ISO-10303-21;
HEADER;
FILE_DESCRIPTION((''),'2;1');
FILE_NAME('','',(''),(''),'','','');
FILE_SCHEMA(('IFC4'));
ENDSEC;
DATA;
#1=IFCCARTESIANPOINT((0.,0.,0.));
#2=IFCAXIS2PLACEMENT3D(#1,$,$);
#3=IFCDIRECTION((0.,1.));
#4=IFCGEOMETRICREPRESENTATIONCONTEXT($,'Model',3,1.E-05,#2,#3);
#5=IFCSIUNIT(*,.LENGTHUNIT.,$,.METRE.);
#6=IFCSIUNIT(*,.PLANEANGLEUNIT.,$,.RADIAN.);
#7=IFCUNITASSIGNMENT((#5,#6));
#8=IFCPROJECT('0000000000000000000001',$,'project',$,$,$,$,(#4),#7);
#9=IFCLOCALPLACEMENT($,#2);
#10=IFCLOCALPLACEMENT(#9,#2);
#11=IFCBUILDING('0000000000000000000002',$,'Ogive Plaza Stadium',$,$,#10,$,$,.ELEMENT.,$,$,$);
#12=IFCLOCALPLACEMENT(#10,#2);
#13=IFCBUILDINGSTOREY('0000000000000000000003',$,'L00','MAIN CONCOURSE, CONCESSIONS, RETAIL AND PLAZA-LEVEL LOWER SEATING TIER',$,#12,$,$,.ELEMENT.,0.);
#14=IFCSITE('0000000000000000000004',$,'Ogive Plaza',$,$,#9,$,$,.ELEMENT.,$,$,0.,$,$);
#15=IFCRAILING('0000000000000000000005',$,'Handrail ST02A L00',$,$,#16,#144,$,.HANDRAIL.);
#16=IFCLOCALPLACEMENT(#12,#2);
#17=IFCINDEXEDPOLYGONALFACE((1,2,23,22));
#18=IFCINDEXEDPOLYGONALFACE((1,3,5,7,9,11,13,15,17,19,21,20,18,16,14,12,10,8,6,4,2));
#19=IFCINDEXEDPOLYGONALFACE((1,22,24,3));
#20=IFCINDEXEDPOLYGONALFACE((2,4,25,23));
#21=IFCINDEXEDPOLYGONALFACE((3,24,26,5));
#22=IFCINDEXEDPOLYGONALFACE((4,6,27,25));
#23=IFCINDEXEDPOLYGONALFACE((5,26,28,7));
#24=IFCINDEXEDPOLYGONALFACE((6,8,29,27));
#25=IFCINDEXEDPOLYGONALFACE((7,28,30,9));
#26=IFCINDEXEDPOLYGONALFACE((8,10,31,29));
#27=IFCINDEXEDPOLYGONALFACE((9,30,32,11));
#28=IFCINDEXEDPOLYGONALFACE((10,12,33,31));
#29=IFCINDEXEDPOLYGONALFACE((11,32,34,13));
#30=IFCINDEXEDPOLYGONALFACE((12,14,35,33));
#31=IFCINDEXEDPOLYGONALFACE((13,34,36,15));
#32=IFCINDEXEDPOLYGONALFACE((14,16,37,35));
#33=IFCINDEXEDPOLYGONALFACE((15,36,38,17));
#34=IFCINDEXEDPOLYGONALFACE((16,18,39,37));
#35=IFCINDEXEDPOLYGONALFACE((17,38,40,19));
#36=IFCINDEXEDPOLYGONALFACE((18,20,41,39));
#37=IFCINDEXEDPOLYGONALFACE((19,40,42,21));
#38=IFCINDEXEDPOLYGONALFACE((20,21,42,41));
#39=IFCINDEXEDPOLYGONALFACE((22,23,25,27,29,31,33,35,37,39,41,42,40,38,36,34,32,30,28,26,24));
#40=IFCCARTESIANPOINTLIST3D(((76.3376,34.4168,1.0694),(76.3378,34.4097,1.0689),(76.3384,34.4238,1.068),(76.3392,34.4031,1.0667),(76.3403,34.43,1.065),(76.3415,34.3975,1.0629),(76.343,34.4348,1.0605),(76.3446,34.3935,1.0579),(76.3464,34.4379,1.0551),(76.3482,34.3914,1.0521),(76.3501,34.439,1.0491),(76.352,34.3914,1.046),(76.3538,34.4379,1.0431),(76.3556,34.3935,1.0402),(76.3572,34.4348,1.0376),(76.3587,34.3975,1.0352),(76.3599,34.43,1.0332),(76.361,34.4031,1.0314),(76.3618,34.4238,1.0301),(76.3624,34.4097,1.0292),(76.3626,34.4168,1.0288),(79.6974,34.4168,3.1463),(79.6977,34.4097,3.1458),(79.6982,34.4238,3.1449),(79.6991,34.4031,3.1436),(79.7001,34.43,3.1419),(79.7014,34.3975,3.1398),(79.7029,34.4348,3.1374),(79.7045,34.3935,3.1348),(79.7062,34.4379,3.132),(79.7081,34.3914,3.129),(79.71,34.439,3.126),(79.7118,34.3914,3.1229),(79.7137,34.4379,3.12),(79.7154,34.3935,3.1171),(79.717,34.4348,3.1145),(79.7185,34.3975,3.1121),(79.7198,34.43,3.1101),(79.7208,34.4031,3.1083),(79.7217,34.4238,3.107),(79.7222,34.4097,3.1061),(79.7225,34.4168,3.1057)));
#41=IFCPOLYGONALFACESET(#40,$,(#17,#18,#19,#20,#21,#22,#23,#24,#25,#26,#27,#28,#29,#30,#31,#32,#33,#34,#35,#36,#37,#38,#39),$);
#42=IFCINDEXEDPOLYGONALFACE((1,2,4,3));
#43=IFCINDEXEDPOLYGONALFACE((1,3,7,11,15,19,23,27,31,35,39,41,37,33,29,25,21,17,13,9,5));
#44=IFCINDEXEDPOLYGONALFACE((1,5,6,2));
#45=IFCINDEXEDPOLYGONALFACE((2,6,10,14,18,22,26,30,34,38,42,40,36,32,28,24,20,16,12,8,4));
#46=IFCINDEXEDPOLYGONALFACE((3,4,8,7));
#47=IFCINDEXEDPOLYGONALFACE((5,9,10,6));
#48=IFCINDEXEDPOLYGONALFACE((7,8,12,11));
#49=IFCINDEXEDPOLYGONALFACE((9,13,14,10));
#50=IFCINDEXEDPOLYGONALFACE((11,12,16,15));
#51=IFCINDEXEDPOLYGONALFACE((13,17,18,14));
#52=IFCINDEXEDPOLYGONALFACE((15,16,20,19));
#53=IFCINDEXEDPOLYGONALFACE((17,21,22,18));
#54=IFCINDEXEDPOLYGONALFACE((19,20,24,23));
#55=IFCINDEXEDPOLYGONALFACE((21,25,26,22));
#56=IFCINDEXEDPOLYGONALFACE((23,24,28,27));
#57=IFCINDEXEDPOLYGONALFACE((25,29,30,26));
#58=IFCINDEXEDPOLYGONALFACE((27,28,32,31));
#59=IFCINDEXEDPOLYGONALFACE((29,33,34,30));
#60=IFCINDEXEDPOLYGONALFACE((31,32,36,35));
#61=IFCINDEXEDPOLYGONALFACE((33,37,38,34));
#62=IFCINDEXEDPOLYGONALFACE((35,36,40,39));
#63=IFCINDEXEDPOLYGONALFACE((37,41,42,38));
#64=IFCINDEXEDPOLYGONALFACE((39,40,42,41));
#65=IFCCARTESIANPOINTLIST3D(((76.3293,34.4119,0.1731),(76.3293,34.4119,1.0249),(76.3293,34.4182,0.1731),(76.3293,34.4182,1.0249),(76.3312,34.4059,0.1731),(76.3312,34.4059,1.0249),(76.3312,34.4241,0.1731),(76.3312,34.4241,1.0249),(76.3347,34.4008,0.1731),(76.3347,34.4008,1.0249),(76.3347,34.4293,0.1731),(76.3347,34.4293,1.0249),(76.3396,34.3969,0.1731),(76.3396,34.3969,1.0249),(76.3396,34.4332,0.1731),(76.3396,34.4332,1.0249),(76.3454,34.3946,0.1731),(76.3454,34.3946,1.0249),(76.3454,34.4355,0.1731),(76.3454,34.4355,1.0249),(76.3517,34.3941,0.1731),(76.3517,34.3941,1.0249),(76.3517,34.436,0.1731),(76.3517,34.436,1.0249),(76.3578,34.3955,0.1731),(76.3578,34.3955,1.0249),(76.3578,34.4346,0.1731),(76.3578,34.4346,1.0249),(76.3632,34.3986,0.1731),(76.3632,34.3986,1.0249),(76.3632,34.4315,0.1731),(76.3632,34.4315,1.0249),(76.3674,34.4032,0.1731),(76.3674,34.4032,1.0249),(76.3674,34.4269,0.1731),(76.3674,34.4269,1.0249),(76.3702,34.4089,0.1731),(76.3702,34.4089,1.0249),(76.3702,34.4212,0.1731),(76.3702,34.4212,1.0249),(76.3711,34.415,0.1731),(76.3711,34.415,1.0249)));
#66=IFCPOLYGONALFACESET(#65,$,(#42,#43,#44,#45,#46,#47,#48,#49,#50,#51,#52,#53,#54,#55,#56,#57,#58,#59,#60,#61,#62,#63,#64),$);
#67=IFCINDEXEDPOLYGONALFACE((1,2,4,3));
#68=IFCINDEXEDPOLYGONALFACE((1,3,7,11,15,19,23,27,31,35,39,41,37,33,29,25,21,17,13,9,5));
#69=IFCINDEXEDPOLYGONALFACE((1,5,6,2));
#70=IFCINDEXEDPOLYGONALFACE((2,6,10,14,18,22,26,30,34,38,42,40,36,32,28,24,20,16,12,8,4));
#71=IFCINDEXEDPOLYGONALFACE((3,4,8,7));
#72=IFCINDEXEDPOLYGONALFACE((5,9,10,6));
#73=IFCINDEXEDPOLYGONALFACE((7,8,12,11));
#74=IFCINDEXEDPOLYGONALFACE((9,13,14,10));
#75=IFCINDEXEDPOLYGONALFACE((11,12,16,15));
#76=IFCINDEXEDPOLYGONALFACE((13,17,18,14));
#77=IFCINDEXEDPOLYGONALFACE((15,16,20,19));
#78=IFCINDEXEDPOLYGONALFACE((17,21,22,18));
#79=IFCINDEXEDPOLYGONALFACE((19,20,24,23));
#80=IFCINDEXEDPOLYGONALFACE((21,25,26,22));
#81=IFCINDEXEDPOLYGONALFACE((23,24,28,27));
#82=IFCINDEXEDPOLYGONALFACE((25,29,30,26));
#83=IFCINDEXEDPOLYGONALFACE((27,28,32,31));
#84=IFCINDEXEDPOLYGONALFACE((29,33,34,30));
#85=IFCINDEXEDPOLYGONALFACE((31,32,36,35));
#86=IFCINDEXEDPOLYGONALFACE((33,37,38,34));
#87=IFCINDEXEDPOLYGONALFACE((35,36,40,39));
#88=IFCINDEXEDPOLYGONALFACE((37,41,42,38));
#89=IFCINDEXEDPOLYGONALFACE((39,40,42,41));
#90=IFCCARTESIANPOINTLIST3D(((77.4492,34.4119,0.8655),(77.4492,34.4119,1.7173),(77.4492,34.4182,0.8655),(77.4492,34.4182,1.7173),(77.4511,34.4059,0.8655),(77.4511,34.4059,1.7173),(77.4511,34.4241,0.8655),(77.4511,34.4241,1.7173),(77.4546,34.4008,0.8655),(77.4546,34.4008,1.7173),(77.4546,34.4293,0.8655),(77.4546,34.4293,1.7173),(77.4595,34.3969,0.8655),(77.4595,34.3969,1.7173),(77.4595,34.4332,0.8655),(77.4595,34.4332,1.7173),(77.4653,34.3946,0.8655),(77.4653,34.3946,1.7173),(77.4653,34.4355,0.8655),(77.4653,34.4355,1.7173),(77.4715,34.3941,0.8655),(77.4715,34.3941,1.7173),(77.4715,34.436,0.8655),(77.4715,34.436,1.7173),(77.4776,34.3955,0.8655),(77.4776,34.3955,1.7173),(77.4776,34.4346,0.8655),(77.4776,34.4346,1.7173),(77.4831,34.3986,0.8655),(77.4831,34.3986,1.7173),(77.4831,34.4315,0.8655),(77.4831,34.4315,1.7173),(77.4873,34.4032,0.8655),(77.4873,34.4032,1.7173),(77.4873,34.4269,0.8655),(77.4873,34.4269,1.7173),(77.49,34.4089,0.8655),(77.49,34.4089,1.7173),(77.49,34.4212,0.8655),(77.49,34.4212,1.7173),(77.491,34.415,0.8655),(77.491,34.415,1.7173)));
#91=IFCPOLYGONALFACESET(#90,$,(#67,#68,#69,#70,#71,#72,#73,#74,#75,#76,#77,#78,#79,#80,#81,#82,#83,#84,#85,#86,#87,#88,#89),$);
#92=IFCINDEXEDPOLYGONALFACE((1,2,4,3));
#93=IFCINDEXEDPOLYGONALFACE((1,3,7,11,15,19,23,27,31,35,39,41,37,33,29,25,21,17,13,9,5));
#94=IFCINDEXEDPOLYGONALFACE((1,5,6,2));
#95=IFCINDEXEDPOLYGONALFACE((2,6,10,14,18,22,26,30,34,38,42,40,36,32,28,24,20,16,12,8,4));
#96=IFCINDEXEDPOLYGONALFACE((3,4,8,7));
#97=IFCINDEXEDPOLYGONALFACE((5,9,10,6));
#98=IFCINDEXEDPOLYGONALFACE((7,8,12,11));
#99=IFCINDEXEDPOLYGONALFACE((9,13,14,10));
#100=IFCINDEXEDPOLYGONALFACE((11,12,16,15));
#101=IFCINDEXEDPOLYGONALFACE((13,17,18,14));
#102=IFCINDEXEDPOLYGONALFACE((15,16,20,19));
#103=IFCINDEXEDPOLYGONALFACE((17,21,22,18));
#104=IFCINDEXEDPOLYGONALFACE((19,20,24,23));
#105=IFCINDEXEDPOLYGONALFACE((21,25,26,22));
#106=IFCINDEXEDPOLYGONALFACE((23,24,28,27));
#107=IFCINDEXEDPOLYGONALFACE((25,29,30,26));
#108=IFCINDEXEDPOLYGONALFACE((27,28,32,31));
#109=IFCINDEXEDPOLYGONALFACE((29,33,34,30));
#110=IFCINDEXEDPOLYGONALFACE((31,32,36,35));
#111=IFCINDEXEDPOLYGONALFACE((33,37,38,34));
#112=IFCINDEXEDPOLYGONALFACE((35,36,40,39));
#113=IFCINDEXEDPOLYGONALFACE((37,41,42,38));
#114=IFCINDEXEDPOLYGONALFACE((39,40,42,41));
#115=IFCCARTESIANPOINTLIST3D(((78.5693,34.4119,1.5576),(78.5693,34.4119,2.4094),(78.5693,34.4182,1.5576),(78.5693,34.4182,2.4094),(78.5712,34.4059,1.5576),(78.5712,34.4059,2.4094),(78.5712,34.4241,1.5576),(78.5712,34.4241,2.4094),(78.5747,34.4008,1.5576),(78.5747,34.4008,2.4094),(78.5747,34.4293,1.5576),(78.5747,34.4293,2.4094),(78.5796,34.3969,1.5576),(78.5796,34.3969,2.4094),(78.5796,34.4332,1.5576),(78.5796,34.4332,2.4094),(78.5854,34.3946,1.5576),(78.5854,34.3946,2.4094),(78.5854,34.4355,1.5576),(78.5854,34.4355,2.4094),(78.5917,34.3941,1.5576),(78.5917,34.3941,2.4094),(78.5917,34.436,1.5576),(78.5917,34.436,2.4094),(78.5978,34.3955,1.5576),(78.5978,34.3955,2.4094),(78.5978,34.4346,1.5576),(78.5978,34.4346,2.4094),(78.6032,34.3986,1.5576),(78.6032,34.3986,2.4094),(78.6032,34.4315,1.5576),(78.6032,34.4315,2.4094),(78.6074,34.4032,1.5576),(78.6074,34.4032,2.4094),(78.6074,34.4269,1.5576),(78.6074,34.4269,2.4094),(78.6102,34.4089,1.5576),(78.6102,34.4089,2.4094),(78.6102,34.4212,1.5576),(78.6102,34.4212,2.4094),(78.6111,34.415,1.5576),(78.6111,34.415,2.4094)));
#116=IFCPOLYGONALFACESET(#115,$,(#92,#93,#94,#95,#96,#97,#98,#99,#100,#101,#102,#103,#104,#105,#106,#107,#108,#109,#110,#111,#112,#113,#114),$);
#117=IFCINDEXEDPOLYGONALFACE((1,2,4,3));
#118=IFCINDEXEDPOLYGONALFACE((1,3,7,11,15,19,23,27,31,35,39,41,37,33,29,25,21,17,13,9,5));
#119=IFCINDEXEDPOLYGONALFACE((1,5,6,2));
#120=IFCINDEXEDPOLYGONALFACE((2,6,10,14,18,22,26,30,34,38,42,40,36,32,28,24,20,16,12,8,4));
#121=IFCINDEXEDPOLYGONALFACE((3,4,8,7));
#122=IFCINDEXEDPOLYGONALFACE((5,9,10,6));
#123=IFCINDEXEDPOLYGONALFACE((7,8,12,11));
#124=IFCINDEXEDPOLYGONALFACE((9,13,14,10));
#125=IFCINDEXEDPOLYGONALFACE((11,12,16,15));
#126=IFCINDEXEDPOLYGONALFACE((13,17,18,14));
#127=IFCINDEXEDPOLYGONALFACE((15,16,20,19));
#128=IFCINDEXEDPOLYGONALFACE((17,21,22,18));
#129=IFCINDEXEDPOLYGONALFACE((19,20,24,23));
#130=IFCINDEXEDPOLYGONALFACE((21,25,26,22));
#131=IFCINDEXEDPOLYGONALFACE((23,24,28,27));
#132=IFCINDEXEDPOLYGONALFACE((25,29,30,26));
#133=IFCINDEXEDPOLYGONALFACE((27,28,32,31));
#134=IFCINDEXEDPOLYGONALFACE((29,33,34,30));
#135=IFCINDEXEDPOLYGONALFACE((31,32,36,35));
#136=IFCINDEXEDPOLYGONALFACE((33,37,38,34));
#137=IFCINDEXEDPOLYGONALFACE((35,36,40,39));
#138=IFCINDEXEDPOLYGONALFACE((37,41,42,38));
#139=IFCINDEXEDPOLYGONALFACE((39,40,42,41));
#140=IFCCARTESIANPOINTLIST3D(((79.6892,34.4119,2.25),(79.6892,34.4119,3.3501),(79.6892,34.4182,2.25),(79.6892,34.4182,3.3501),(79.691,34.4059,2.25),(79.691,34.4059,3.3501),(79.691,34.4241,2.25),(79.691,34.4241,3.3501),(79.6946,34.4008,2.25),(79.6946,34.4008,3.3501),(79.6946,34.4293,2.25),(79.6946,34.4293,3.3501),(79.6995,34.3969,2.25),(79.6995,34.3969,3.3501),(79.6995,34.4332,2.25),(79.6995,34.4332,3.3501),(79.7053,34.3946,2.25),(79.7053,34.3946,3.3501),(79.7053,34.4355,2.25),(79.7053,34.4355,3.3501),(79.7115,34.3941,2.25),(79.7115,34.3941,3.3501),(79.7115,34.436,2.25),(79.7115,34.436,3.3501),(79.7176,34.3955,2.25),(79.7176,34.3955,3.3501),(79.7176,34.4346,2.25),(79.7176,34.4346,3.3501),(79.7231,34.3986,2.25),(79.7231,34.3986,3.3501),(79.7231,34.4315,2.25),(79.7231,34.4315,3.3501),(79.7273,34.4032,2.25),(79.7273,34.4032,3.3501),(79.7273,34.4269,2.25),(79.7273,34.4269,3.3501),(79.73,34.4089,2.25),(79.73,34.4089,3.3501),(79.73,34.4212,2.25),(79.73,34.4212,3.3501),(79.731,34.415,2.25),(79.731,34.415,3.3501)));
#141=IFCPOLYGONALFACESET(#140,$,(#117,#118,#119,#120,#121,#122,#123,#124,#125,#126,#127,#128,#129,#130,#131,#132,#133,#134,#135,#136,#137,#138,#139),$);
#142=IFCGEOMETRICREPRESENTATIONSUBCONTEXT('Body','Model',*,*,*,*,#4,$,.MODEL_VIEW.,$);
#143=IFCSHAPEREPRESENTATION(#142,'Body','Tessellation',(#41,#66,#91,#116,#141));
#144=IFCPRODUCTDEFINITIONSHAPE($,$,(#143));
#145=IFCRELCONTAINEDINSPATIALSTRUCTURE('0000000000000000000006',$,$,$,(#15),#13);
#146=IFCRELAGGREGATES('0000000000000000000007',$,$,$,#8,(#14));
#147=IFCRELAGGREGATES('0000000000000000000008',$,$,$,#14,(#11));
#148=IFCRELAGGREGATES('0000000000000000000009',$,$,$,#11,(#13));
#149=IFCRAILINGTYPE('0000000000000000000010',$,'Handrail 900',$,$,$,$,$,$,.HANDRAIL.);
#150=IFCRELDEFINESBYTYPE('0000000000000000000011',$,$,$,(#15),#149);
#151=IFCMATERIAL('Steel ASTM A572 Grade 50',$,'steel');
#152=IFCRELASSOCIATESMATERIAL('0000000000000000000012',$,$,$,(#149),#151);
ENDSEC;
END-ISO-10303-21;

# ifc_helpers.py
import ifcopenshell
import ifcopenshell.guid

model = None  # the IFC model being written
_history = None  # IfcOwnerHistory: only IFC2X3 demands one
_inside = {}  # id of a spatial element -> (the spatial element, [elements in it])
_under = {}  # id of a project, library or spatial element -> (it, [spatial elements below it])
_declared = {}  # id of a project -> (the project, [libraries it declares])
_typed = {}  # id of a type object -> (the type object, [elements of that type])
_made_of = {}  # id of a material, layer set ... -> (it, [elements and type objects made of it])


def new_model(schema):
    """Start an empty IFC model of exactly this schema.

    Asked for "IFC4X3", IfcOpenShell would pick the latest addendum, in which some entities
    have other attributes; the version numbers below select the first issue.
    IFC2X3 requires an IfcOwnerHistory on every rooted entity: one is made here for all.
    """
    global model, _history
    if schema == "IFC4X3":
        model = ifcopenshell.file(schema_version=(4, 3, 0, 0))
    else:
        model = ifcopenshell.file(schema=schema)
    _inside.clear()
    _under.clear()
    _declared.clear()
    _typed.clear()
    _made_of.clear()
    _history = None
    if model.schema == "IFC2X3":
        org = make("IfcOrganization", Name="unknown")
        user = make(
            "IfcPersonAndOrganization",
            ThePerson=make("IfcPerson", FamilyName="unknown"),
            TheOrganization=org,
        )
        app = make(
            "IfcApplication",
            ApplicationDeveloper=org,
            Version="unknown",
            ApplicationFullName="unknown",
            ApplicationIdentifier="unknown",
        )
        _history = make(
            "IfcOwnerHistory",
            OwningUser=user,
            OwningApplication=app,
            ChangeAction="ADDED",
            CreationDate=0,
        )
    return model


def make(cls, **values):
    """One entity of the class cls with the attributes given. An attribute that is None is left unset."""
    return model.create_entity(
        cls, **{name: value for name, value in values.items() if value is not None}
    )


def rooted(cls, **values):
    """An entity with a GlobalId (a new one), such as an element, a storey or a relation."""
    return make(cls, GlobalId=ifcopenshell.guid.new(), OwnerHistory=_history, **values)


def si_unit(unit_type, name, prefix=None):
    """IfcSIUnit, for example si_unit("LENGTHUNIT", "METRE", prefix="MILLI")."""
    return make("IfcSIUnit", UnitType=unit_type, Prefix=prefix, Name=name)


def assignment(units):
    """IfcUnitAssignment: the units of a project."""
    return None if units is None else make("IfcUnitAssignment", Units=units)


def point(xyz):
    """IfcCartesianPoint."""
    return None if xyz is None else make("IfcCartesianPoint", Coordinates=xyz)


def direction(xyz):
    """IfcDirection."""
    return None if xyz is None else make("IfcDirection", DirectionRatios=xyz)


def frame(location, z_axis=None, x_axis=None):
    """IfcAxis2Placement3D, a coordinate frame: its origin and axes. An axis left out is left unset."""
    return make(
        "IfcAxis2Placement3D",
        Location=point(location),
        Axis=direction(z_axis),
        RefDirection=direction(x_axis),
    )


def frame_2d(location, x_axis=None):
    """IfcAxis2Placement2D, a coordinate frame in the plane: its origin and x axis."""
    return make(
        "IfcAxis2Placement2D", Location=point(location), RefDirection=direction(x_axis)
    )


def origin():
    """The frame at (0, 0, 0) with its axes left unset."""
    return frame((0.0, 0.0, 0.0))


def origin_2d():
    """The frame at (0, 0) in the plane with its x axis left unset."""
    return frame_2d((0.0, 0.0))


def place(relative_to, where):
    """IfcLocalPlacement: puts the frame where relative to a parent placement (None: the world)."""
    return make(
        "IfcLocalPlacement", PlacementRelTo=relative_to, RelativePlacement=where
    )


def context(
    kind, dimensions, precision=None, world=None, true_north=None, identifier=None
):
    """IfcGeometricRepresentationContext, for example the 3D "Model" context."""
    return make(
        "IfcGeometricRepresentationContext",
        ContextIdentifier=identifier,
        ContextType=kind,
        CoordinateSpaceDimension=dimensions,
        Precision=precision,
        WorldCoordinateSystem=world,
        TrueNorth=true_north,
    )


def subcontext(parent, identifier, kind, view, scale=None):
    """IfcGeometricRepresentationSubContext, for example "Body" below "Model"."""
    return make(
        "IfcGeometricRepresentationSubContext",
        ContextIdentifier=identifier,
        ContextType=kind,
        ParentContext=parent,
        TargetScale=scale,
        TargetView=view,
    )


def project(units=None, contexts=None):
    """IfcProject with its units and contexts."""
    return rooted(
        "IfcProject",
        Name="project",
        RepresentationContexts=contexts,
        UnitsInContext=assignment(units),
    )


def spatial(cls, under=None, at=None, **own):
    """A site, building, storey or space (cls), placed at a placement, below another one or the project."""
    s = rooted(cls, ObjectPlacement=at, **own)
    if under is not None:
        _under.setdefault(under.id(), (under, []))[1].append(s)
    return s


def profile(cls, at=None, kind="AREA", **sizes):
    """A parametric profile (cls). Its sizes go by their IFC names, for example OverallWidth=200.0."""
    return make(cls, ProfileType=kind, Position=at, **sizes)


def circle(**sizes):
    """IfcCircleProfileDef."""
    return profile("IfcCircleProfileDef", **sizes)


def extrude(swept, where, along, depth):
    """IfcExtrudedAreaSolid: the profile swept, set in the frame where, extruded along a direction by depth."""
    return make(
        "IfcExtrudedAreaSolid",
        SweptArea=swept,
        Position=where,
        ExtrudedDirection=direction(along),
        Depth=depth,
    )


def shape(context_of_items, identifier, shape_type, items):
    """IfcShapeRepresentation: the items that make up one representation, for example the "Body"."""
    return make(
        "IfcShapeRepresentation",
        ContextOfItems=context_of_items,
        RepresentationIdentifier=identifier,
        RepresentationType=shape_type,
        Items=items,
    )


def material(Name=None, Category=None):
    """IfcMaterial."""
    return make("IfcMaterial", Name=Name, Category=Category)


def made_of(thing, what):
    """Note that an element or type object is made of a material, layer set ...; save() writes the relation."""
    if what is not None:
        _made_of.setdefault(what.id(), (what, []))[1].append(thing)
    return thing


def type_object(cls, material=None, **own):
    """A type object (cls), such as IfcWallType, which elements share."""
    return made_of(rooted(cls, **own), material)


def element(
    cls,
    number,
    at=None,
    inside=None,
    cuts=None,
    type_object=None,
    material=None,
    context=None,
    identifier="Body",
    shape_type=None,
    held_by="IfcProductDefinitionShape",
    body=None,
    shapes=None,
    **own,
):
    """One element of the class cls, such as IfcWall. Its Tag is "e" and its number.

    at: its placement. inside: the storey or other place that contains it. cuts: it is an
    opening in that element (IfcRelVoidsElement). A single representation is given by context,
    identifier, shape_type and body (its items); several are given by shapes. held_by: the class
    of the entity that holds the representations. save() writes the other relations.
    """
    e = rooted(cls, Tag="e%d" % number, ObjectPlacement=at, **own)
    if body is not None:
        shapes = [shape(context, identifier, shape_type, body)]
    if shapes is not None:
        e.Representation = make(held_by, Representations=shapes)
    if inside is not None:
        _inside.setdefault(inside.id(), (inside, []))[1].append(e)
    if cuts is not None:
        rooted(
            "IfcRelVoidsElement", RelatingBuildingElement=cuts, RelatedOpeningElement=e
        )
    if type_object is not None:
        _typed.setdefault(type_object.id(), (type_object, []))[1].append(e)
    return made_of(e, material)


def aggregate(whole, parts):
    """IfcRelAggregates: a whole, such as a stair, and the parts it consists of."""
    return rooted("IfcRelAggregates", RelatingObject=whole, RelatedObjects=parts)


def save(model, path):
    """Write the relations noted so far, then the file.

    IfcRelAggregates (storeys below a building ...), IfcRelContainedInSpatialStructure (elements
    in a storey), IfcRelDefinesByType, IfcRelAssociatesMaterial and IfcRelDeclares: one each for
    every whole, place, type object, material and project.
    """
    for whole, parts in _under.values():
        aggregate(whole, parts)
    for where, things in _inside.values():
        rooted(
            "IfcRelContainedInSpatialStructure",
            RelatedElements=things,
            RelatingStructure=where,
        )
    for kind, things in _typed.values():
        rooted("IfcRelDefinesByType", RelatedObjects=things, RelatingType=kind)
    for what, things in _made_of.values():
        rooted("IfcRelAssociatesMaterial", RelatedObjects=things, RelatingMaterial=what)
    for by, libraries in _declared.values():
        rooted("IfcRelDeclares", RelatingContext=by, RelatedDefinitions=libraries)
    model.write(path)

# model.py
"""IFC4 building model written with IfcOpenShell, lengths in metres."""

from ifc_helpers import new_model, si_unit, direction, frame, origin, origin_2d, place, context, subcontext, project, spatial, circle, extrude, material, type_object, element, save


model = new_model("IFC4")

# Units and contexts
model_context = context("Model", 3, precision=1e-05, world=origin(), true_north=direction((0.0, 1.0)))
body_context = subcontext(model_context, "Body", "Model", "MODEL_VIEW")
ifc_project = project(units=[si_unit("LENGTHUNIT", "METRE"), si_unit("PLANEANGLEUNIT", "RADIAN")], contexts=[model_context])

# Site, building, storey
site_placement = place(None, origin())
site = spatial("IfcSite", under=ifc_project, at=site_placement, Name="Ogive Plaza", CompositionType="ELEMENT", RefElevation=0.0)
building_placement = place(site_placement, origin())
building = spatial("IfcBuilding", under=site, at=building_placement, Name="Ogive Plaza Stadium", CompositionType="ELEMENT")
storey_placement = place(building_placement, origin())
storey = spatial("IfcBuildingStorey", under=building, at=storey_placement, Name="L00", Description="MAIN CONCOURSE, CONCESSIONS, RETAIL AND PLAZA-LEVEL LOWER SEATING TIER", CompositionType="ELEMENT", Elevation=0.0)

# Railing
ifc_material_1 = material(Name="Steel ASTM A572 Grade 50", Category="steel")
railing_type_1 = type_object("IfcRailingType", Name="Handrail 900", PredefinedType="HANDRAIL", material=ifc_material_1)
for number, where, name in (
    (1, (76.3501, 34.415, 0.1731), "Handrail ST02A L00"),
):
    element("IfcRailing", number, at=place(storey_placement, frame(where)), inside=storey, type_object=railing_type_1, Name=name, PredefinedType="HANDRAIL", context=body_context, shape_type="SweptSolid", body=[
        extrude(circle(Radius=0.0239, at=origin_2d()), frame((0.0, 0.0, 0.876), z_axis=(0.850606, 0.0, 0.525803), x_axis=(0.0, 1.0, 0.0)), (0.0, 0.0, 1.0), 3.95),
        extrude(circle(Radius=0.021, at=origin_2d()), origin(), (0.0, 0.0, 1.0), 0.8518),
        extrude(circle(Radius=0.021, at=origin_2d()), frame((1.1199, 0.0, 0.6924)), (0.0, 0.0, 1.0), 0.8518),
        extrude(circle(Radius=0.021, at=origin_2d()), frame((2.24, 0.0, 1.3845)), (0.0, 0.0, 1.0), 0.8518),
        extrude(circle(Radius=0.021, at=origin_2d()), frame((3.3599, 0.0, 2.0769)), (0.0, 0.0, 1.0), 1.1001),
    ])

save(model, "model.ifc")
